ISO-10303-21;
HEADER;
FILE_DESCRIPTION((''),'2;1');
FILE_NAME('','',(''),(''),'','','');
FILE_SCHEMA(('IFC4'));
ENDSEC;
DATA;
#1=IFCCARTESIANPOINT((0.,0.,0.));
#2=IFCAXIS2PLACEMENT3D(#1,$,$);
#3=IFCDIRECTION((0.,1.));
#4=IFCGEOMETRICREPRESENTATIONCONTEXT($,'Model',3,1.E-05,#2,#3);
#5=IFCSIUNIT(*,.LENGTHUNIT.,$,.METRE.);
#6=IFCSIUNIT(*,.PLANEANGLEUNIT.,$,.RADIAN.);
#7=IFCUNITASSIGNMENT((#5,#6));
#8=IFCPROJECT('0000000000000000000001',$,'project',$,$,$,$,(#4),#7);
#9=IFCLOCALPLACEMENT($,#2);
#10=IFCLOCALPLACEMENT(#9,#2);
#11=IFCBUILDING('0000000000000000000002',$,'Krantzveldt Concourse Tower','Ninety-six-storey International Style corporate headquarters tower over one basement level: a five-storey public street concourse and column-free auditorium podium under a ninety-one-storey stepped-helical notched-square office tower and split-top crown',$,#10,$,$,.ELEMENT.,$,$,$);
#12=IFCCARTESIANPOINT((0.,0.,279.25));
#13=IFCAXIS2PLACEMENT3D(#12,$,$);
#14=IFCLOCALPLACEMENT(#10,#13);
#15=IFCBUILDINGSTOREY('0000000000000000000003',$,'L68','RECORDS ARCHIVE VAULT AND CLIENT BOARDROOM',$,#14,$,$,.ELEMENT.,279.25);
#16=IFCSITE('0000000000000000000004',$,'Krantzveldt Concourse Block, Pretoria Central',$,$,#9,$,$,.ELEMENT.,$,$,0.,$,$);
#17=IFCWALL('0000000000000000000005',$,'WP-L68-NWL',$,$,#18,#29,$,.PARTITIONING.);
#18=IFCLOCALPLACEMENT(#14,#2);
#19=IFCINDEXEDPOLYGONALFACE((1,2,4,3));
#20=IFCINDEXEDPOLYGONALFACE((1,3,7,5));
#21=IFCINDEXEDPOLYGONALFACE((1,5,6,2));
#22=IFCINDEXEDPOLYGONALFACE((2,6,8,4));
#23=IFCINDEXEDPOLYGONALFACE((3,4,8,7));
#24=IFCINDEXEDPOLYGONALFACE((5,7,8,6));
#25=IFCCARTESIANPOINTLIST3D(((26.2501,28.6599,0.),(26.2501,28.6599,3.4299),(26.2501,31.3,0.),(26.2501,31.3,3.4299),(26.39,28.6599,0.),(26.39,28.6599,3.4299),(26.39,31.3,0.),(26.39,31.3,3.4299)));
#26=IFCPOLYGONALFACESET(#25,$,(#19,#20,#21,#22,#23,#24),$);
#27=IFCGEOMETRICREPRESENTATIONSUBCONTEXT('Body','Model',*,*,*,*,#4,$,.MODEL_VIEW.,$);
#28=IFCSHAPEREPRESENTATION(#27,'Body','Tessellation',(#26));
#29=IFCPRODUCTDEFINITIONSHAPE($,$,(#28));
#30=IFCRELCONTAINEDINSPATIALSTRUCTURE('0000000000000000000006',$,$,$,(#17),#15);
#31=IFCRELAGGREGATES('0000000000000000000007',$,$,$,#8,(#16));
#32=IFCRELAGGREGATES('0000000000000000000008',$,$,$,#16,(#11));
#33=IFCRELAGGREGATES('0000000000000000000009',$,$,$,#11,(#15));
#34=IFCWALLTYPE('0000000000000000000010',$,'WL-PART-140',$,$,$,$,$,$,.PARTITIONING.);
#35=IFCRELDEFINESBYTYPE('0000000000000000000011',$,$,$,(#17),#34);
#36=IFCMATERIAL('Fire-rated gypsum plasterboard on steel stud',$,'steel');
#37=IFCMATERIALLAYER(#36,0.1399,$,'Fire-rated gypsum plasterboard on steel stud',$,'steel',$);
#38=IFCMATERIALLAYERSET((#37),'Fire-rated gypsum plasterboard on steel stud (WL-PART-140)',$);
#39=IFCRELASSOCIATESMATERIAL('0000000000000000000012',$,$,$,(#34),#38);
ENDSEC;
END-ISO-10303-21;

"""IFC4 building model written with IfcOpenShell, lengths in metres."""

from ifc_helpers import new_model, si_unit, direction, frame, frame_2d, origin, place, context, subcontext, project, spatial, rectangle, extrude, material, layer, layer_set, type_object, element, save


model = new_model("IFC4")

# Units and contexts
model_context = context("Model", 3, precision=1e-05, world=origin(), true_north=direction((0.0, 1.0)))
body_context = subcontext(model_context, "Body", "Model", "MODEL_VIEW")
ifc_project = project(units=[si_unit("LENGTHUNIT", "METRE"), si_unit("PLANEANGLEUNIT", "RADIAN")], contexts=[model_context])

# Site, building, storey
site_placement = place(None, origin())
site = spatial("IfcSite", under=ifc_project, at=site_placement, Name="Krantzveldt Concourse Block, Pretoria Central", CompositionType="ELEMENT", RefElevation=0.0)
building_placement = place(site_placement, origin())
building = spatial("IfcBuilding", under=site, at=building_placement, Name="Krantzveldt Concourse Tower", Description="Ninety-six-storey International Style corporate headquarters tower over one basement level: a five-storey public street concourse and column-free auditorium podium under a ninety-one-storey stepped-helical notched-square office tower and split-top crown", CompositionType="ELEMENT")
storey_placement = place(building_placement, frame((0.0, 0.0, 279.25)))
storey = spatial("IfcBuildingStorey", under=building, at=storey_placement, Name="L68", Description="RECORDS ARCHIVE VAULT AND CLIENT BOARDROOM", CompositionType="ELEMENT", Elevation=279.25)

# Shared definitions
ifc_material_1 = material(Name="Fire-rated gypsum plasterboard on steel stud", Category="steel")

# Shared definitions
ifc_layer_1 = layer(ifc_material_1, 0.1399, Name="Fire-rated gypsum plasterboard on steel stud", Category="steel")
ifc_layer_set_1 = layer_set([ifc_layer_1], Name="Fire-rated gypsum plasterboard on steel stud (WL-PART-140)")
wall_type_1 = type_object("IfcWallType", Name="WL-PART-140", PredefinedType="PARTITIONING", material=ifc_layer_set_1)

# Wall
wall_1_placement = place(storey_placement, frame((26.3201, 28.6599, 0.0), z_axis=(0.0, 0.0, 1.0), x_axis=(0.0, 1.0, 0.0)))
element("IfcWall", 1, at=wall_1_placement, inside=storey, type_object=wall_type_1, Name="WP-L68-NWL", PredefinedType="PARTITIONING", context=body_context, shape_type="SweptSolid", body=[
    extrude(rectangle(XDim=2.6401, YDim=0.1399, at=frame_2d((1.3201, 0.0))), origin(), (0.0, 0.0, 1.0), 3.4299),
])

save(model, "model.ifc")
